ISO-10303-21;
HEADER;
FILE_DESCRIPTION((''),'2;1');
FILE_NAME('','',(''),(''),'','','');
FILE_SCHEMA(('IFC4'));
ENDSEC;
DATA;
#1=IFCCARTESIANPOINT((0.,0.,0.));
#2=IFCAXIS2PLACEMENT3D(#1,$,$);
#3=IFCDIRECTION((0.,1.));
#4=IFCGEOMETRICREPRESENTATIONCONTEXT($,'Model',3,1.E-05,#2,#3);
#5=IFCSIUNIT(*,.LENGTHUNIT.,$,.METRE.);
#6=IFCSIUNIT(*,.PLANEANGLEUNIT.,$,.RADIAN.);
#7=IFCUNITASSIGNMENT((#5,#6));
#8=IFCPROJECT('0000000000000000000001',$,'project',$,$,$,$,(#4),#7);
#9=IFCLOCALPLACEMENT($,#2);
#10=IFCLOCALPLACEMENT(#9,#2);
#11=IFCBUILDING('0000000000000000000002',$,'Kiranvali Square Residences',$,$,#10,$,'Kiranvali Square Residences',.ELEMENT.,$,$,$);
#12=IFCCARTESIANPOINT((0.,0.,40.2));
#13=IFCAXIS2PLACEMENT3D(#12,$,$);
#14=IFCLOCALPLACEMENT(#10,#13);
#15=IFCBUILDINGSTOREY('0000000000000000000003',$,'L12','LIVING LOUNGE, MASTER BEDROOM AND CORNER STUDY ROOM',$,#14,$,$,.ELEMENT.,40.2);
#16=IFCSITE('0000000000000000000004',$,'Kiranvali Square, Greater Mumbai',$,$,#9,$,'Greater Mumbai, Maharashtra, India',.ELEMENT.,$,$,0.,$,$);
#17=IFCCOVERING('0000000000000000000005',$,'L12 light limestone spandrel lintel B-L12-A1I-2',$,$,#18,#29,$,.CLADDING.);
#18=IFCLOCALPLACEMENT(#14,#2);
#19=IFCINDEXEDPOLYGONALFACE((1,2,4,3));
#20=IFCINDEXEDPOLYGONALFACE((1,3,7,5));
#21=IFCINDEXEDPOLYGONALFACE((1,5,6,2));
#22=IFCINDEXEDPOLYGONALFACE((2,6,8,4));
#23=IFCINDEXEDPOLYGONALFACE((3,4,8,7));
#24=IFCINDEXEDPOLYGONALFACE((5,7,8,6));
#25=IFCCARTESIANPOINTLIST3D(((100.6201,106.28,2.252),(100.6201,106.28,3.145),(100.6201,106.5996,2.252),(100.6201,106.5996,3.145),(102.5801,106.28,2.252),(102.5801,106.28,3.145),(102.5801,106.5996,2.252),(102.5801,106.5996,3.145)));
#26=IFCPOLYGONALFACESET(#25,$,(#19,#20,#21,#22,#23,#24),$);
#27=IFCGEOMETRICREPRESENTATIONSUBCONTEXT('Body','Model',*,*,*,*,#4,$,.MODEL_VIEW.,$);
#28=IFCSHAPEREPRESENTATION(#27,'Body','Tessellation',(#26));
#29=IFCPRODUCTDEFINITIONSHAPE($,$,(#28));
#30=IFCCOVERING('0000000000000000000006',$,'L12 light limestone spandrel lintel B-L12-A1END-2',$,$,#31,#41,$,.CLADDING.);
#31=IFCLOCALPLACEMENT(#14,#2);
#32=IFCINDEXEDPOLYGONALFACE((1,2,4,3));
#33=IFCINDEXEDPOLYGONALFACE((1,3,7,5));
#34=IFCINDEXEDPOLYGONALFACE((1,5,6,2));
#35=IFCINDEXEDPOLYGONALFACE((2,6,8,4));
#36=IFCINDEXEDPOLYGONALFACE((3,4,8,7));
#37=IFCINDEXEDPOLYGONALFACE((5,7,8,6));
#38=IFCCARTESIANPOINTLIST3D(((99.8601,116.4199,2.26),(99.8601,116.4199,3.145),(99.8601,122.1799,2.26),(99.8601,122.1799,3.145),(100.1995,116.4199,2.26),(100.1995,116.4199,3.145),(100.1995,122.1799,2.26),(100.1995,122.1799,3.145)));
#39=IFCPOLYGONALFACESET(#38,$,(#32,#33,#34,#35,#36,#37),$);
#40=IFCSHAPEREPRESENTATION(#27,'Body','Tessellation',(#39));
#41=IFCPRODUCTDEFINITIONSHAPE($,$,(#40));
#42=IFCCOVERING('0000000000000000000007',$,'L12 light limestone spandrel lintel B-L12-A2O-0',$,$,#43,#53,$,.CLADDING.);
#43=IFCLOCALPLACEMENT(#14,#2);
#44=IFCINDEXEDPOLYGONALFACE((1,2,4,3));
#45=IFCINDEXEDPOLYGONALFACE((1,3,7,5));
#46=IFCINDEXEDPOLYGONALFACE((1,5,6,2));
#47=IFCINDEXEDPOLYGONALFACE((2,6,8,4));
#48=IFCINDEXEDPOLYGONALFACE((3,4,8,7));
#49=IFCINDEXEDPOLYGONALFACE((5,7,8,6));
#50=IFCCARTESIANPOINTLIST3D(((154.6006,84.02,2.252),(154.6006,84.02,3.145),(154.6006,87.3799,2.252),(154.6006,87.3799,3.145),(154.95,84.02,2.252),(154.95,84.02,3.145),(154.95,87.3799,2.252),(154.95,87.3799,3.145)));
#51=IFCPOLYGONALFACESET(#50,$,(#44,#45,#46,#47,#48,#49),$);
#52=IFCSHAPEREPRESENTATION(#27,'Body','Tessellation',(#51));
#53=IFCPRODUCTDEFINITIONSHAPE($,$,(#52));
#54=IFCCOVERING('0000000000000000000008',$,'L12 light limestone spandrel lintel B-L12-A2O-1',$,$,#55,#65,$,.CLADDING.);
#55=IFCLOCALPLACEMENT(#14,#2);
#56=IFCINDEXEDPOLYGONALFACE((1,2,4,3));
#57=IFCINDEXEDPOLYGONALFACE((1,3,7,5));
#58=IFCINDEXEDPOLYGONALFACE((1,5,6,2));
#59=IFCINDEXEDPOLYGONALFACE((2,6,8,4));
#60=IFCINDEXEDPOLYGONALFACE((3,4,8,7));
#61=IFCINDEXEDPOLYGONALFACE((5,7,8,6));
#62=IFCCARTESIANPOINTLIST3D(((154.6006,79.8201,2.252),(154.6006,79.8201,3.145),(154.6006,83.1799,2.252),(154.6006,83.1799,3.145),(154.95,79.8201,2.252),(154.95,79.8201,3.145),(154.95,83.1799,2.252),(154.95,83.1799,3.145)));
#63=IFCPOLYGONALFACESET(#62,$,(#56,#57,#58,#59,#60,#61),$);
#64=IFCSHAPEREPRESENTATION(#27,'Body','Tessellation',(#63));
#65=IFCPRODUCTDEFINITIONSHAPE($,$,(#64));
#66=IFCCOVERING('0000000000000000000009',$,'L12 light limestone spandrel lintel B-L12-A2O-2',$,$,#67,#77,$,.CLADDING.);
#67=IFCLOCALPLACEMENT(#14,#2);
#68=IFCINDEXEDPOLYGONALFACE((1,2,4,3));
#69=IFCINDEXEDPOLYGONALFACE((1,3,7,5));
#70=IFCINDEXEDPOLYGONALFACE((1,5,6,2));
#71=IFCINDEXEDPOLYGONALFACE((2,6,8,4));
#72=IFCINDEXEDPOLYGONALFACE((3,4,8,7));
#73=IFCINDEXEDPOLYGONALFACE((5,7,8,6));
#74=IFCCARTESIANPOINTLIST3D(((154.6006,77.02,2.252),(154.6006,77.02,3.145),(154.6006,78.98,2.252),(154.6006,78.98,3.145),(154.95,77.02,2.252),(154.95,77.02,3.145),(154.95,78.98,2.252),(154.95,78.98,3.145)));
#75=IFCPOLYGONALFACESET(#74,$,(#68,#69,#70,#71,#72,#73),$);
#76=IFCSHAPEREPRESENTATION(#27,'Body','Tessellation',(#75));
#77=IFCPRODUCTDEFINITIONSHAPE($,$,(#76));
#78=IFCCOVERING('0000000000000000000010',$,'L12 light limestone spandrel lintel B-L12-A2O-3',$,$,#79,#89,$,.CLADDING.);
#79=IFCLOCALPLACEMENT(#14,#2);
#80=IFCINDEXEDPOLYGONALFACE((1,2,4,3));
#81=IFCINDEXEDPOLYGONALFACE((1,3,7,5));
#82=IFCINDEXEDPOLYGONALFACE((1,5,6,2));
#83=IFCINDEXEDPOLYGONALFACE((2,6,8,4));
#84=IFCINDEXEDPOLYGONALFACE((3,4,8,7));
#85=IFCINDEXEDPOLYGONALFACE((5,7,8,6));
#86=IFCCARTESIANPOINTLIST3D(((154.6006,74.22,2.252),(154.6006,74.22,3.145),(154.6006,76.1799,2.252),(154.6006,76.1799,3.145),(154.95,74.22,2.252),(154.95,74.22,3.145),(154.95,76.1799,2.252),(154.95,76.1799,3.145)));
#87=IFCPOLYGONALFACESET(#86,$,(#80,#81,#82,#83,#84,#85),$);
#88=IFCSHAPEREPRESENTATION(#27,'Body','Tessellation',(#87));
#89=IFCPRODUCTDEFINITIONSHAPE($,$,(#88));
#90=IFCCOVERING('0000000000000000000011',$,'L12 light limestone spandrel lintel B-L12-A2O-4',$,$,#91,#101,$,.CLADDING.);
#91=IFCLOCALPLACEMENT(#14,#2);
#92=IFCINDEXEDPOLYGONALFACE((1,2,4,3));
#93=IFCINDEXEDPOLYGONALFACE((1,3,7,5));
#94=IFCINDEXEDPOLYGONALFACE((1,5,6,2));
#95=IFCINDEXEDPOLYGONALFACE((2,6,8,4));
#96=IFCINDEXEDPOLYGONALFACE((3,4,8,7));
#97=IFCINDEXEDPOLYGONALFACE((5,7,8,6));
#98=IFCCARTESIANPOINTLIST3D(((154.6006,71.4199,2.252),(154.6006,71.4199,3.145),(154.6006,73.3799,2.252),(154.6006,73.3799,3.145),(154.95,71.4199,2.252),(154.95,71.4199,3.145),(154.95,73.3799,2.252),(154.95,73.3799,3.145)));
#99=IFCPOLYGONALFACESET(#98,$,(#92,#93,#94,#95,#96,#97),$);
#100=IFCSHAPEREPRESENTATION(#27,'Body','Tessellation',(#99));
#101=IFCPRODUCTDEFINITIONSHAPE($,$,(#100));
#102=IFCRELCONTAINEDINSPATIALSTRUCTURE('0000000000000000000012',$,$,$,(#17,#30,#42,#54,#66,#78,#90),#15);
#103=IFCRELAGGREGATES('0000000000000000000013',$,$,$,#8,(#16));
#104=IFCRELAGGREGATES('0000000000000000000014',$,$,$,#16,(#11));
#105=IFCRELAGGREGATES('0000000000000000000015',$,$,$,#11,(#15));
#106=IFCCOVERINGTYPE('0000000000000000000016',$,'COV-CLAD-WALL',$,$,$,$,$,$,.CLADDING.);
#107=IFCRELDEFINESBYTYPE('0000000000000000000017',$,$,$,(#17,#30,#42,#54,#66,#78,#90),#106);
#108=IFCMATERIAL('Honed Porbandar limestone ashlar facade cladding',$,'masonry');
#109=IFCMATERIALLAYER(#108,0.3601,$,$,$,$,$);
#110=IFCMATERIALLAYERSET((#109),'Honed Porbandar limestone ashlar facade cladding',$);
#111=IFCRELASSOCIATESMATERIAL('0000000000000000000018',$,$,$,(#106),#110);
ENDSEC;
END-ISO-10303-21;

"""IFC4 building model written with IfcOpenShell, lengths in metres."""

from ifc_helpers import new_model, si_unit, direction, frame, origin, place, context, subcontext, project, spatial, polyline, outline, extrude, material, layer, layer_set, type_object, element, save


model = new_model("IFC4")

# Units and contexts
model_context = context("Model", 3, precision=1e-05, world=origin(), true_north=direction((0.0, 1.0)))
body_context = subcontext(model_context, "Body", "Model", "MODEL_VIEW")
ifc_project = project(units=[si_unit("LENGTHUNIT", "METRE"), si_unit("PLANEANGLEUNIT", "RADIAN")], contexts=[model_context])

# Site, building, storey
site_placement = place(None, origin())
site = spatial("IfcSite", under=ifc_project, at=site_placement, Name="Kiranvali Square, Greater Mumbai", LongName="Greater Mumbai, Maharashtra, India", CompositionType="ELEMENT", RefElevation=0.0)
building_placement = place(site_placement, origin())
building = spatial("IfcBuilding", under=site, at=building_placement, Name="Kiranvali Square Residences", LongName="Kiranvali Square Residences", CompositionType="ELEMENT")
storey_placement = place(building_placement, frame((0.0, 0.0, 40.2)))
storey = spatial("IfcBuildingStorey", under=building, at=storey_placement, Name="L12", Description="LIVING LOUNGE, MASTER BEDROOM AND CORNER STUDY ROOM", CompositionType="ELEMENT", Elevation=40.2)

# Coverings
ifc_material = material(Name="Honed Porbandar limestone ashlar facade cladding", Category="masonry")
ifc_layer = layer(ifc_material, 0.3601)
ifc_layer_set = layer_set([ifc_layer], Name="Honed Porbandar limestone ashlar facade cladding")
covering_type = type_object("IfcCoveringType", Name="COV-CLAD-WALL", PredefinedType="CLADDING", material=ifc_layer_set)
covering_1_placement = place(storey_placement, frame((0.0, 0.0, 2.252)))
element("IfcCovering", 1, at=covering_1_placement, inside=storey, type_object=covering_type, Name="L12 light limestone spandrel lintel B-L12-A1I-2", PredefinedType="CLADDING", context=body_context, shape_type="SweptSolid", body=[
    extrude(outline(polyline([(102.5801, 106.5996), (100.6201, 106.5996), (100.6201, 106.28), (102.5801, 106.28), (102.5801, 106.5996)])), origin(), (0.0, 0.0, 1.0), 0.8931),
])
covering_2_placement = place(storey_placement, frame((0.0, 0.0, 2.26)))
element("IfcCovering", 2, at=covering_2_placement, inside=storey, type_object=covering_type, Name="L12 light limestone spandrel lintel B-L12-A1END-2", PredefinedType="CLADDING", context=body_context, shape_type="SweptSolid", body=[
    extrude(outline(polyline([(100.1995, 116.4199), (100.1995, 122.1799), (99.8601, 122.1799), (99.8601, 116.4199), (100.1995, 116.4199)])), origin(), (0.0, 0.0, 1.0), 0.885),
])
covering_3_placement = place(storey_placement, frame((0.0, 0.0, 2.252)))
element("IfcCovering", 3, at=covering_3_placement, inside=storey, type_object=covering_type, Name="L12 light limestone spandrel lintel B-L12-A2O-0", PredefinedType="CLADDING", context=body_context, shape_type="SweptSolid", body=[
    extrude(outline(polyline([(154.6006, 87.3799), (154.6006, 84.02), (154.95, 84.02), (154.95, 87.3799), (154.6006, 87.3799)])), origin(), (0.0, 0.0, 1.0), 0.8931),
])
covering_4_placement = place(storey_placement, frame((0.0, 0.0, 2.252)))
element("IfcCovering", 4, at=covering_4_placement, inside=storey, type_object=covering_type, Name="L12 light limestone spandrel lintel B-L12-A2O-1", PredefinedType="CLADDING", context=body_context, shape_type="SweptSolid", body=[
    extrude(outline(polyline([(154.6006, 83.1799), (154.6006, 79.8201), (154.95, 79.8201), (154.95, 83.1799), (154.6006, 83.1799)])), origin(), (0.0, 0.0, 1.0), 0.8931),
])
covering_5_placement = place(storey_placement, frame((0.0, 0.0, 2.252)))
element("IfcCovering", 5, at=covering_5_placement, inside=storey, type_object=covering_type, Name="L12 light limestone spandrel lintel B-L12-A2O-2", PredefinedType="CLADDING", context=body_context, shape_type="SweptSolid", body=[
    extrude(outline(polyline([(154.6006, 78.98), (154.6006, 77.02), (154.95, 77.02), (154.95, 78.98), (154.6006, 78.98)])), origin(), (0.0, 0.0, 1.0), 0.8931),
])
covering_6_placement = place(storey_placement, frame((0.0, 0.0, 2.252)))
element("IfcCovering", 6, at=covering_6_placement, inside=storey, type_object=covering_type, Name="L12 light limestone spandrel lintel B-L12-A2O-3", PredefinedType="CLADDING", context=body_context, shape_type="SweptSolid", body=[
    extrude(outline(polyline([(154.6006, 76.1799), (154.6006, 74.22), (154.95, 74.22), (154.95, 76.1799), (154.6006, 76.1799)])), origin(), (0.0, 0.0, 1.0), 0.8931),
])
covering_7_placement = place(storey_placement, frame((0.0, 0.0, 2.252)))
element("IfcCovering", 7, at=covering_7_placement, inside=storey, type_object=covering_type, Name="L12 light limestone spandrel lintel B-L12-A2O-4", PredefinedType="CLADDING", context=body_context, shape_type="SweptSolid", body=[
    extrude(outline(polyline([(154.6006, 73.3799), (154.6006, 71.4199), (154.95, 71.4199), (154.95, 73.3799), (154.6006, 73.3799)])), origin(), (0.0, 0.0, 1.0), 0.8931),
])

save(model, "model.ifc")
